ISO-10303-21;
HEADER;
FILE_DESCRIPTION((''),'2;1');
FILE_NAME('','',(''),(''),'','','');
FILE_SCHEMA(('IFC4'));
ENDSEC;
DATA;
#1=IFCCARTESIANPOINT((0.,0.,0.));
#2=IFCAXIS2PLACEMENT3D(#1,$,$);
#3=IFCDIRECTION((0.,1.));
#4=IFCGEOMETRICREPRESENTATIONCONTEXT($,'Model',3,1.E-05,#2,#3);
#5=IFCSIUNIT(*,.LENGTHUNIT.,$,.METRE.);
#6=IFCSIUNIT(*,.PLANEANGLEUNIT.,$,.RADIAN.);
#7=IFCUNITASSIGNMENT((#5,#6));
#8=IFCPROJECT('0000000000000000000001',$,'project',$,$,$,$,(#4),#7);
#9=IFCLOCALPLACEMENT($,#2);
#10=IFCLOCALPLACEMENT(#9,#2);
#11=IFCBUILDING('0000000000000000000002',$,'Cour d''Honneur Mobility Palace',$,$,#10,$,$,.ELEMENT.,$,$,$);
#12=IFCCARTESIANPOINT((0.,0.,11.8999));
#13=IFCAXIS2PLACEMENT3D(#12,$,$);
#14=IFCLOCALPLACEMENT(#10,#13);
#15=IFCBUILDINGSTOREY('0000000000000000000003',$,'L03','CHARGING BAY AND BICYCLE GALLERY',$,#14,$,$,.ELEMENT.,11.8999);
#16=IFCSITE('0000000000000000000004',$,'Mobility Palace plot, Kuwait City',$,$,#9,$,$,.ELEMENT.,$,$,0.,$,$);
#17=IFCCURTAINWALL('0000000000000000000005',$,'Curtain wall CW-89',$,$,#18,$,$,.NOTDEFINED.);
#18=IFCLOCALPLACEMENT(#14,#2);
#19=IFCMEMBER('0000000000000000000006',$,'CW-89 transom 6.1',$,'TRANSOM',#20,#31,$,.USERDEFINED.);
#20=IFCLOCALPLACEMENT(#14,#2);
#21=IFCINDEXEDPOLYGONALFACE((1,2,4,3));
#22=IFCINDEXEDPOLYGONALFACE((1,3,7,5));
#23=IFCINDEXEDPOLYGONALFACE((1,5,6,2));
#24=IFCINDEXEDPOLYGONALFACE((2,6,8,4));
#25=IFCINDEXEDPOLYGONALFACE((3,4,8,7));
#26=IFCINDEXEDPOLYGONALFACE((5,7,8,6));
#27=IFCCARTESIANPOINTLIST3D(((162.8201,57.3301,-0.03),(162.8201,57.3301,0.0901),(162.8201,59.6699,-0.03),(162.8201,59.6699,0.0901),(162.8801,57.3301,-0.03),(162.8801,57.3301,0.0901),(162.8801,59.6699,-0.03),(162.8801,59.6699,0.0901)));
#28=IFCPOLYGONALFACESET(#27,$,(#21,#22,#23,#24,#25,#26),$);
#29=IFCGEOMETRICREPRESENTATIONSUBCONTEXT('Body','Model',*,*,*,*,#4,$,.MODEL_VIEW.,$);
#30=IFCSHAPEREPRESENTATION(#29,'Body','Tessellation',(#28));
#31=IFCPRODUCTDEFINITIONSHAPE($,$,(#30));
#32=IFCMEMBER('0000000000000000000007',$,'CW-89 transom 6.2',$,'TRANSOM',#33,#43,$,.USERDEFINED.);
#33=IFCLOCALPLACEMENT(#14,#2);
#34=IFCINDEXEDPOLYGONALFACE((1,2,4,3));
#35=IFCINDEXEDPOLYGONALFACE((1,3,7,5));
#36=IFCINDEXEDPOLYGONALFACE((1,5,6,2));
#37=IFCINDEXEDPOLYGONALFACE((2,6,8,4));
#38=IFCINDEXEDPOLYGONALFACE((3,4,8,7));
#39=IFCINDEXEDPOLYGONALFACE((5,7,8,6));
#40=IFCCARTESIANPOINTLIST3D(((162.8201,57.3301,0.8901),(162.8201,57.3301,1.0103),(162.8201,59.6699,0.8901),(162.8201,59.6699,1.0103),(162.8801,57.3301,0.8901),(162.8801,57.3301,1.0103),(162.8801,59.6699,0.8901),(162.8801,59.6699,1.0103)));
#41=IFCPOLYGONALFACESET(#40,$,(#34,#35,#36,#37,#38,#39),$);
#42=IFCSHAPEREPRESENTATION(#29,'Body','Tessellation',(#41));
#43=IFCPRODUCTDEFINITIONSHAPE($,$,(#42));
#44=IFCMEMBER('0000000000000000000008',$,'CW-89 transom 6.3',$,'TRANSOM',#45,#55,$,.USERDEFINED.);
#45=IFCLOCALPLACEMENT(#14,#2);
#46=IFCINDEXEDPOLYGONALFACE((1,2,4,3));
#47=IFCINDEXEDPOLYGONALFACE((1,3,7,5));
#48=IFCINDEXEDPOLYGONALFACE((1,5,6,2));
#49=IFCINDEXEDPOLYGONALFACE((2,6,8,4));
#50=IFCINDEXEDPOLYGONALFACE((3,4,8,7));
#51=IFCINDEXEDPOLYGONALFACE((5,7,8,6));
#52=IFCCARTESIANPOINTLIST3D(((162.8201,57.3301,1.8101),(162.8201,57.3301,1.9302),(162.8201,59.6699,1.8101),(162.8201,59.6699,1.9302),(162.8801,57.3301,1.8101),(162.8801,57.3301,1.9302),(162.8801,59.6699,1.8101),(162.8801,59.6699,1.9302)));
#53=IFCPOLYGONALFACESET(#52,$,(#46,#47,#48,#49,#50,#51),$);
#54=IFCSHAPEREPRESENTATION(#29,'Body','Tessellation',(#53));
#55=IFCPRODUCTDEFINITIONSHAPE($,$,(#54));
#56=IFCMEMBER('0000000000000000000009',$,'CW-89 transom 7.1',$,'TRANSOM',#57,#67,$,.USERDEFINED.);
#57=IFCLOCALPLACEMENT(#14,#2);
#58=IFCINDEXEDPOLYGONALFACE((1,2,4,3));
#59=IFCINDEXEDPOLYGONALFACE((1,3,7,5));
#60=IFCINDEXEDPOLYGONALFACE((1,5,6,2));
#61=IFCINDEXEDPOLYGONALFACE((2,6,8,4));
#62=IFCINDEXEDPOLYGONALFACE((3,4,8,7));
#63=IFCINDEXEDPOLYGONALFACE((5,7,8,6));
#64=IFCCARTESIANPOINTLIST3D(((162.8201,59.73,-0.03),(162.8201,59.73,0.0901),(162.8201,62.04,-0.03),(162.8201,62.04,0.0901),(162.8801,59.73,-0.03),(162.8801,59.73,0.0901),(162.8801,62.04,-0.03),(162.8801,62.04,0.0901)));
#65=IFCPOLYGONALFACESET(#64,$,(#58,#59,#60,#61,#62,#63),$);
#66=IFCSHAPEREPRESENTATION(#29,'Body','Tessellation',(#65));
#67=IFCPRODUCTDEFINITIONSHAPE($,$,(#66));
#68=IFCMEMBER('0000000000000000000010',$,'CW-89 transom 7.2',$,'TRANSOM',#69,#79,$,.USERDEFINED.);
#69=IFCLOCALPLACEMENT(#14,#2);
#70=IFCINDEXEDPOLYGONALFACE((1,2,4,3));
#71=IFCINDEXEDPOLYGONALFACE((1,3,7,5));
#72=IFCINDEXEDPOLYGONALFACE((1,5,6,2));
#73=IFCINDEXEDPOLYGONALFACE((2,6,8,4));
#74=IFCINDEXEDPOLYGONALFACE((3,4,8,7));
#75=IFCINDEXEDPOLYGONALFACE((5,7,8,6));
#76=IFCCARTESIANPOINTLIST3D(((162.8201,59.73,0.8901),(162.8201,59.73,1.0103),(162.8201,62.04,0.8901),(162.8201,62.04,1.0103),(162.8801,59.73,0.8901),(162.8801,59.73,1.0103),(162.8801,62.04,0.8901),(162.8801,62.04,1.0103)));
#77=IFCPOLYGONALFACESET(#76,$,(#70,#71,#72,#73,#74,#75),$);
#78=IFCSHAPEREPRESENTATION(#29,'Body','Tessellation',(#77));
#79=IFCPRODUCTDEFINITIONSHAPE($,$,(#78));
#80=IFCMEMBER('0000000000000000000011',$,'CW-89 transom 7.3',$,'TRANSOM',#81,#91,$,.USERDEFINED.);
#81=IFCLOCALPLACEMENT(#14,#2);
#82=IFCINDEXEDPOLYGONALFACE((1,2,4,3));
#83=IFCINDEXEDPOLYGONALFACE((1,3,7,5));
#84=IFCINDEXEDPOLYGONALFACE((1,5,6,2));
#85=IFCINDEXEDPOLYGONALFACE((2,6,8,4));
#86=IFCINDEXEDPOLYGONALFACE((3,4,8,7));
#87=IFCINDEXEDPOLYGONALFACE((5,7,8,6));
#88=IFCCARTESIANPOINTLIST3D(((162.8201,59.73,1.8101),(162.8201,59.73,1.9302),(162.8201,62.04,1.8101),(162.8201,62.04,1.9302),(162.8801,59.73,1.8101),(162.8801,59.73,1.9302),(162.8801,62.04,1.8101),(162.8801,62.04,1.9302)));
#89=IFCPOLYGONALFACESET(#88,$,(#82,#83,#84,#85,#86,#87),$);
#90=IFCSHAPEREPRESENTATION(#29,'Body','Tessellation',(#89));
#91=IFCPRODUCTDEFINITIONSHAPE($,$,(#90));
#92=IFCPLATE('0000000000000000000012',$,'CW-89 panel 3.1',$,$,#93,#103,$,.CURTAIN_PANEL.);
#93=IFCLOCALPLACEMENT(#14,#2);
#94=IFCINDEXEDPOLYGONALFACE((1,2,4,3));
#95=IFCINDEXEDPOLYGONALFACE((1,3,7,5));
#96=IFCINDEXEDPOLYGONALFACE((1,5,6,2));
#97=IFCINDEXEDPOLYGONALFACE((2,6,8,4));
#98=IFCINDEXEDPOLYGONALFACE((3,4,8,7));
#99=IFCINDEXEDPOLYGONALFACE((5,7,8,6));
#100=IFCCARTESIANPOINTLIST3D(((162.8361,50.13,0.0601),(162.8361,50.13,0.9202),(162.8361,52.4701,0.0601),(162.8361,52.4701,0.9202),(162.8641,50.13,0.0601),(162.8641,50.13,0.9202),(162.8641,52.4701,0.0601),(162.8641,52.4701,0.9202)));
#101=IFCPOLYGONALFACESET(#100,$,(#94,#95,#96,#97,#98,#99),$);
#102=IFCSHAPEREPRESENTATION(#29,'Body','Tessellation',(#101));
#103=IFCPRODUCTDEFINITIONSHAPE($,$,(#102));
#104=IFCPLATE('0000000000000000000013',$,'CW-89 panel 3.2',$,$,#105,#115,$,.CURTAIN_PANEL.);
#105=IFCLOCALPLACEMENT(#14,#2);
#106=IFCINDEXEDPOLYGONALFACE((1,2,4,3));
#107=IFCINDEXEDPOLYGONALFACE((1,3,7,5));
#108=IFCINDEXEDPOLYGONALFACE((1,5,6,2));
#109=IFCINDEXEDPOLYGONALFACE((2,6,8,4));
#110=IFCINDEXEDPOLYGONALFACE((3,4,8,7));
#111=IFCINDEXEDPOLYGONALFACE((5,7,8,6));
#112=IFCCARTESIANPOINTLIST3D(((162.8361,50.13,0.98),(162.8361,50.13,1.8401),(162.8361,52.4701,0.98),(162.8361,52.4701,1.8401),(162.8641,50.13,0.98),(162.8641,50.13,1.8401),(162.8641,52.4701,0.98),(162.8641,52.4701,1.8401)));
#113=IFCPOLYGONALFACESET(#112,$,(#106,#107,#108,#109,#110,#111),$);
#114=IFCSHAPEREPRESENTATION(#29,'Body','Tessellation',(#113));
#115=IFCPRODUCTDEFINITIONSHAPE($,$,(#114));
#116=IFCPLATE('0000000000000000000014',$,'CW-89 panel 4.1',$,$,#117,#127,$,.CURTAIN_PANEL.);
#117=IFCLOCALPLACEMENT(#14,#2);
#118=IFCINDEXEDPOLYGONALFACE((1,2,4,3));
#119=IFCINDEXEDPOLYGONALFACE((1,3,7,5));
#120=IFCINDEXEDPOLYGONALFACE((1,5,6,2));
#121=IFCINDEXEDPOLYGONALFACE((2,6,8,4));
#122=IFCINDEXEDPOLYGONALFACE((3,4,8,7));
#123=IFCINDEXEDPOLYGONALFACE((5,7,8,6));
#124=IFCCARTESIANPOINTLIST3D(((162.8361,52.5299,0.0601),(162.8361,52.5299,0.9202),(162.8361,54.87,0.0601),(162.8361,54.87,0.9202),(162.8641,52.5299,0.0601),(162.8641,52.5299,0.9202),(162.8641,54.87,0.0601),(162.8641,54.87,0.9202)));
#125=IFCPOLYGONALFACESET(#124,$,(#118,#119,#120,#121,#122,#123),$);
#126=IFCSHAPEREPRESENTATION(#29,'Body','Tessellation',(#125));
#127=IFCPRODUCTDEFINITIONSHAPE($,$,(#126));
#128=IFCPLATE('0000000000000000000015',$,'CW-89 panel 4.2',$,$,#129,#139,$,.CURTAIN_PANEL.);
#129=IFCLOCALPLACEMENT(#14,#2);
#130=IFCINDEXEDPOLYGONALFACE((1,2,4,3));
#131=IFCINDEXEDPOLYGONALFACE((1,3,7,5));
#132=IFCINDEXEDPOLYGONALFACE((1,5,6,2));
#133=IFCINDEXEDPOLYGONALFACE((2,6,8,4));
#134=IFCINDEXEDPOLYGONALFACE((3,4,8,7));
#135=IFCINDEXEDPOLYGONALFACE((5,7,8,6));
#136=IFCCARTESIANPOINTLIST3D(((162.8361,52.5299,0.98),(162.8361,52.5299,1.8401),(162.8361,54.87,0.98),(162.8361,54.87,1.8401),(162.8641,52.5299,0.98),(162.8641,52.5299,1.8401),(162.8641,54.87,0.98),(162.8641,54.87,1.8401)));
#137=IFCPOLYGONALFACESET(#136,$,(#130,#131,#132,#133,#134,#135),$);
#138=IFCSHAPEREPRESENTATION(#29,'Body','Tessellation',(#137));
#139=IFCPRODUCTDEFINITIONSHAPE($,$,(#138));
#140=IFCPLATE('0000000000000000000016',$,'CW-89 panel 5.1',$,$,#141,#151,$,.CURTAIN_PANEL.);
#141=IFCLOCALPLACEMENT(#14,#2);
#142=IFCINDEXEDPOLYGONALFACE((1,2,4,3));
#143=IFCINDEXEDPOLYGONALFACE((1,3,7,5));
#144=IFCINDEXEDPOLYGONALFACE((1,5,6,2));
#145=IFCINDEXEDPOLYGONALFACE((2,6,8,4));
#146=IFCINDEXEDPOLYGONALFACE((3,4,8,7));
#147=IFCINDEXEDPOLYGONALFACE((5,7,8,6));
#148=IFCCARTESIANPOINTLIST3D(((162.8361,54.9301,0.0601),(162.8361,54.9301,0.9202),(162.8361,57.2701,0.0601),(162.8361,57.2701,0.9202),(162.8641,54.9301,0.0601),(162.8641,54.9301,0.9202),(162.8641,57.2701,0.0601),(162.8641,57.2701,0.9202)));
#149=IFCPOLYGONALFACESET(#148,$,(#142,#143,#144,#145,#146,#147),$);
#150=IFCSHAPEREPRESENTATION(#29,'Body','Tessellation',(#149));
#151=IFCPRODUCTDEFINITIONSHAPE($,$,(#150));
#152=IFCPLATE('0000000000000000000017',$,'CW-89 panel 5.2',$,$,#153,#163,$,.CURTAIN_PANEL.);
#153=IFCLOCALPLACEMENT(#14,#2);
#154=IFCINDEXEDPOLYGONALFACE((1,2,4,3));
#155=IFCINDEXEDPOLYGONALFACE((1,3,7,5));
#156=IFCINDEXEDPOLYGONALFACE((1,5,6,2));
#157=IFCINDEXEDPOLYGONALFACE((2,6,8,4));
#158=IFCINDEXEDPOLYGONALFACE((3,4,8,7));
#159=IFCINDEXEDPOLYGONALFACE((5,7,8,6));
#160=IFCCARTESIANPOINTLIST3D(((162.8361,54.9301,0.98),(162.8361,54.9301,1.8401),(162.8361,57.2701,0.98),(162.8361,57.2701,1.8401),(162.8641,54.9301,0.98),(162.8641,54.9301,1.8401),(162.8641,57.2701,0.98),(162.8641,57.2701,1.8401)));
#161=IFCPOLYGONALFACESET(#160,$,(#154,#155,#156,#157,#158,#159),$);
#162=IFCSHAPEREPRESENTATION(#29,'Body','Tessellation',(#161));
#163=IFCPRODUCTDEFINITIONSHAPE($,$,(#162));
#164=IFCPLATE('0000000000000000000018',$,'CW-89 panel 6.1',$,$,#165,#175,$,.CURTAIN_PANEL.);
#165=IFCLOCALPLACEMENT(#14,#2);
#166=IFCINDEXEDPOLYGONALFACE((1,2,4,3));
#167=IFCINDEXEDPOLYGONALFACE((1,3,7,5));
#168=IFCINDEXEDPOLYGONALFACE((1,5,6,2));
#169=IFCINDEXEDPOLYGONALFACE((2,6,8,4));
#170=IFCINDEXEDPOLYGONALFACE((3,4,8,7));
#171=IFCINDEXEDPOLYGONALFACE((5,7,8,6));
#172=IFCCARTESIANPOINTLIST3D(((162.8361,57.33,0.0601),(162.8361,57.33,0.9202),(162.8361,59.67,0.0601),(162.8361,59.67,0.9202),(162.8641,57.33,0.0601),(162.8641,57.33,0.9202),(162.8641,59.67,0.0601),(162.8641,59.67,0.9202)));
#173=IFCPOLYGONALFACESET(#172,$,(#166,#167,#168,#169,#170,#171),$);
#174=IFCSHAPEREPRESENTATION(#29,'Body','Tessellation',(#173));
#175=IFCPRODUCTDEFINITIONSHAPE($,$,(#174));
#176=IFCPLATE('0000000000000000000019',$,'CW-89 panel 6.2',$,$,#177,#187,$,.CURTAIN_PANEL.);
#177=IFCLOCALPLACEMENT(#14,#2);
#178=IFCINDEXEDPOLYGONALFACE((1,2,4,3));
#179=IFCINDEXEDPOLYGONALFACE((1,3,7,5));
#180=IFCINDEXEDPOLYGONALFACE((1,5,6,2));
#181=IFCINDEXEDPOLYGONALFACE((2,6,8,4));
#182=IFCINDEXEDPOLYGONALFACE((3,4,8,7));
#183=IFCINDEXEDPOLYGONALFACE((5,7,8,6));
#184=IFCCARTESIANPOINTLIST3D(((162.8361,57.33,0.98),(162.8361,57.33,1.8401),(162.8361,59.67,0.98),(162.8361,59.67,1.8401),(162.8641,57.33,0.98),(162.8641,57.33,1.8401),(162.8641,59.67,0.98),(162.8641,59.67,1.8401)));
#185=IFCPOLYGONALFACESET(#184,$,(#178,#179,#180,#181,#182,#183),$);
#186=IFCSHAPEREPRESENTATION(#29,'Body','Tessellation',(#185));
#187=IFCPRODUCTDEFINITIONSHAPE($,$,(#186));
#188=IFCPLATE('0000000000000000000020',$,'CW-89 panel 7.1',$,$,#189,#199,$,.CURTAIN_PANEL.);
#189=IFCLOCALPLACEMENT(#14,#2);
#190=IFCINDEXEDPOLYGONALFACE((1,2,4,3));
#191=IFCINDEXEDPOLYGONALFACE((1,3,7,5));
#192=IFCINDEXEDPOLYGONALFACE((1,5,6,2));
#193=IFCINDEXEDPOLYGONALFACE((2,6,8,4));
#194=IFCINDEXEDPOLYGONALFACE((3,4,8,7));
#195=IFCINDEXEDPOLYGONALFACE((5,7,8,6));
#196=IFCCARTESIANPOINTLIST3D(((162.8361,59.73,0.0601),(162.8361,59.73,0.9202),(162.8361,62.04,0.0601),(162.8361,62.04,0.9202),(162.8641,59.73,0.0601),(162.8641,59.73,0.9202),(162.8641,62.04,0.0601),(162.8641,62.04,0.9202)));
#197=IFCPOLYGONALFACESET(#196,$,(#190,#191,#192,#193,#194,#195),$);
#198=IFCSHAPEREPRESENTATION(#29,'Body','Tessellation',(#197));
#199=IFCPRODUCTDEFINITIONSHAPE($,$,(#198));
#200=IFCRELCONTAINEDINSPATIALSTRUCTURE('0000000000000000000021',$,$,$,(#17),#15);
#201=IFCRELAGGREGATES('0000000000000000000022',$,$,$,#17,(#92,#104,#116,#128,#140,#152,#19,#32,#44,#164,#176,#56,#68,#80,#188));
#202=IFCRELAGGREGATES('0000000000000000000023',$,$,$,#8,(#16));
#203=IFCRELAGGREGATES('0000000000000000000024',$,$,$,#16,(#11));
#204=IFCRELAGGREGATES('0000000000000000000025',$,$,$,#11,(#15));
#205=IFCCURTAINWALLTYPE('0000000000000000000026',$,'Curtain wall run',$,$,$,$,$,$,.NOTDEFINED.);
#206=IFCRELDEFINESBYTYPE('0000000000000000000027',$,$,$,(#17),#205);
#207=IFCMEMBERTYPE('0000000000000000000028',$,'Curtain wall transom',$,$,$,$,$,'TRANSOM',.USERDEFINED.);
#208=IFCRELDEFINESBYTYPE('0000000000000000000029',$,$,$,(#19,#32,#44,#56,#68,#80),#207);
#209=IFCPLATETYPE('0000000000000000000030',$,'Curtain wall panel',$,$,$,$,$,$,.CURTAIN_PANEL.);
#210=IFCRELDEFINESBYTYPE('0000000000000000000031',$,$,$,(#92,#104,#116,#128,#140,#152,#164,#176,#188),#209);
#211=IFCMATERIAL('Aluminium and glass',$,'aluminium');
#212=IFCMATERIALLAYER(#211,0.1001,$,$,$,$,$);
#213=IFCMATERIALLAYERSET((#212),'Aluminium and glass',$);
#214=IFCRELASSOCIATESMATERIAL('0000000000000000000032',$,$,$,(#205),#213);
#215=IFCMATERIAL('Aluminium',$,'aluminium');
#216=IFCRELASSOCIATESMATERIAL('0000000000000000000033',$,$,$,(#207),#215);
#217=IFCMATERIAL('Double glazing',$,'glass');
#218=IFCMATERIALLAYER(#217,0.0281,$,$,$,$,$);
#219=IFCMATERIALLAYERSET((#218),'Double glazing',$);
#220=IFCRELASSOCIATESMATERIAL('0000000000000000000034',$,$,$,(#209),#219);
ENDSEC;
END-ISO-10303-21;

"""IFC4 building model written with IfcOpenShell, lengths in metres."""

from ifc_helpers import new_model, si_unit, direction, frame, origin, origin_2d, place, context, subcontext, project, spatial, rectangle, extrude, material, layer, layer_set, material_profile, profile_set, type_object, element, aggregate, save


model = new_model("IFC4")

# Units and contexts
model_context = context("Model", 3, precision=1e-05, world=origin(), true_north=direction((0.0, 1.0)))
body_context = subcontext(model_context, "Body", "Model", "MODEL_VIEW")
ifc_project = project(units=[si_unit("LENGTHUNIT", "METRE"), si_unit("PLANEANGLEUNIT", "RADIAN")], contexts=[model_context])

# Site, building, storey
site_placement = place(None, origin())
site = spatial("IfcSite", under=ifc_project, at=site_placement, Name="Mobility Palace plot, Kuwait City", CompositionType="ELEMENT", RefElevation=0.0)
building_placement = place(site_placement, origin())
building = spatial("IfcBuilding", under=site, at=building_placement, Name="Cour d'Honneur Mobility Palace", CompositionType="ELEMENT")
storey_placement = place(building_placement, frame((0.0, 0.0, 11.8999)))
storey = spatial("IfcBuildingStorey", under=building, at=storey_placement, Name="L03", Description="CHARGING BAY AND BICYCLE GALLERY", CompositionType="ELEMENT", Elevation=11.8999)

# Curtain wall, members, plates
ifc_material_1 = material(Name="Aluminium and glass", Category="aluminium")
ifc_layer_1 = layer(ifc_material_1, 0.1001)
ifc_layer_set_1 = layer_set([ifc_layer_1], Name="Aluminium and glass")
curtain_wall_type = type_object("IfcCurtainWallType", Name="Curtain wall run", PredefinedType="NOTDEFINED", material=ifc_layer_set_1)
curtain_wall_placement = place(storey_placement, origin())
curtain_wall = element("IfcCurtainWall", 1, at=curtain_wall_placement, inside=storey, type_object=curtain_wall_type, Name="Curtain wall CW-89", PredefinedType="NOTDEFINED")
ifc_material_2 = material(Name="Aluminium", Category="aluminium")
ifc_material_profile_1 = material_profile(ifc_material_2, rectangle(XDim=0.0601, YDim=0.1201, at=origin_2d()), Name="Curtain wall transom")
ifc_profile_set_1 = profile_set([ifc_material_profile_1], Name="Aluminium")
member_type_1 = type_object("IfcMemberType", Name="Curtain wall transom", ElementType="TRANSOM", PredefinedType="USERDEFINED", material=ifc_profile_set_1)
member_1_placement = place(storey_placement, frame((162.8501, 57.3301, 0.03), z_axis=(0.0, 1.0, 0.0), x_axis=(-1.0, 0.0, 0.0)))
member_1 = element("IfcMember", 2, at=member_1_placement, type_object=member_type_1, Name="CW-89 transom 6.1", ObjectType="TRANSOM", PredefinedType="USERDEFINED", context=body_context, shape_type="SweptSolid", body=[
    extrude(rectangle(XDim=0.0601, YDim=0.1201, at=origin_2d()), origin(), (0.0, 0.0, 1.0), 2.3398),
])
member_2_placement = place(storey_placement, frame((162.8501, 57.3301, 0.9502), z_axis=(0.0, 1.0, 0.0), x_axis=(-1.0, 0.0, 0.0)))
member_2 = element("IfcMember", 3, at=member_2_placement, type_object=member_type_1, Name="CW-89 transom 6.2", ObjectType="TRANSOM", PredefinedType="USERDEFINED", context=body_context, shape_type="SweptSolid", body=[
    extrude(rectangle(XDim=0.0601, YDim=0.1201, at=origin_2d()), origin(), (0.0, 0.0, 1.0), 2.3398),
])
member_3_placement = place(storey_placement, frame((162.8501, 57.3301, 1.8701), z_axis=(0.0, 1.0, 0.0), x_axis=(-1.0, 0.0, 0.0)))
member_3 = element("IfcMember", 4, at=member_3_placement, type_object=member_type_1, Name="CW-89 transom 6.3", ObjectType="TRANSOM", PredefinedType="USERDEFINED", context=body_context, shape_type="SweptSolid", body=[
    extrude(rectangle(XDim=0.0601, YDim=0.1201, at=origin_2d()), origin(), (0.0, 0.0, 1.0), 2.3398),
])
member_4_placement = place(storey_placement, frame((162.8501, 59.73, 0.03), z_axis=(0.0, 1.0, 0.0), x_axis=(-1.0, 0.0, 0.0)))
member_4 = element("IfcMember", 5, at=member_4_placement, type_object=member_type_1, Name="CW-89 transom 7.1", ObjectType="TRANSOM", PredefinedType="USERDEFINED", context=body_context, shape_type="SweptSolid", body=[
    extrude(rectangle(XDim=0.0601, YDim=0.1201, at=origin_2d()), origin(), (0.0, 0.0, 1.0), 2.3101),
])
member_5_placement = place(storey_placement, frame((162.8501, 59.73, 0.9502), z_axis=(0.0, 1.0, 0.0), x_axis=(-1.0, 0.0, 0.0)))
member_5 = element("IfcMember", 6, at=member_5_placement, type_object=member_type_1, Name="CW-89 transom 7.2", ObjectType="TRANSOM", PredefinedType="USERDEFINED", context=body_context, shape_type="SweptSolid", body=[
    extrude(rectangle(XDim=0.0601, YDim=0.1201, at=origin_2d()), origin(), (0.0, 0.0, 1.0), 2.3101),
])
member_6_placement = place(storey_placement, frame((162.8501, 59.73, 1.8701), z_axis=(0.0, 1.0, 0.0), x_axis=(-1.0, 0.0, 0.0)))
member_6 = element("IfcMember", 7, at=member_6_placement, type_object=member_type_1, Name="CW-89 transom 7.3", ObjectType="TRANSOM", PredefinedType="USERDEFINED", context=body_context, shape_type="SweptSolid", body=[
    extrude(rectangle(XDim=0.0601, YDim=0.1201, at=origin_2d()), origin(), (0.0, 0.0, 1.0), 2.3101),
])
ifc_material_3 = material(Name="Double glazing", Category="glass")
ifc_layer_2 = layer(ifc_material_3, 0.0281)
ifc_layer_set_2 = layer_set([ifc_layer_2], Name="Double glazing")
plate_type = type_object("IfcPlateType", Name="Curtain wall panel", PredefinedType="CURTAIN_PANEL", material=ifc_layer_set_2)
plate_1_placement = place(storey_placement, frame((162.8501, 51.3, 0.0601), z_axis=(0.0, 0.0, 1.0), x_axis=(0.0, 1.0, 0.0)))
plate_1 = element("IfcPlate", 8, at=plate_1_placement, type_object=plate_type, Name="CW-89 panel 3.1", PredefinedType="CURTAIN_PANEL", context=body_context, shape_type="SweptSolid", body=[
    extrude(rectangle(XDim=2.3401, YDim=0.0281, at=origin_2d()), origin(), (0.0, 0.0, 1.0), 0.8601),
])
plate_2_placement = place(storey_placement, frame((162.8501, 51.3, 0.98), z_axis=(0.0, 0.0, 1.0), x_axis=(0.0, 1.0, 0.0)))
plate_2 = element("IfcPlate", 9, at=plate_2_placement, type_object=plate_type, Name="CW-89 panel 3.2", PredefinedType="CURTAIN_PANEL", context=body_context, shape_type="SweptSolid", body=[
    extrude(rectangle(XDim=2.3401, YDim=0.0281, at=origin_2d()), origin(), (0.0, 0.0, 1.0), 0.8601),
])
plate_3_placement = place(storey_placement, frame((162.8501, 53.7, 0.0601), z_axis=(0.0, 0.0, 1.0), x_axis=(0.0, 1.0, 0.0)))
plate_3 = element("IfcPlate", 10, at=plate_3_placement, type_object=plate_type, Name="CW-89 panel 4.1", PredefinedType="CURTAIN_PANEL", context=body_context, shape_type="SweptSolid", body=[
    extrude(rectangle(XDim=2.3401, YDim=0.0281, at=origin_2d()), origin(), (0.0, 0.0, 1.0), 0.8601),
])
plate_4_placement = place(storey_placement, frame((162.8501, 53.7, 0.98), z_axis=(0.0, 0.0, 1.0), x_axis=(0.0, 1.0, 0.0)))
plate_4 = element("IfcPlate", 11, at=plate_4_placement, type_object=plate_type, Name="CW-89 panel 4.2", PredefinedType="CURTAIN_PANEL", context=body_context, shape_type="SweptSolid", body=[
    extrude(rectangle(XDim=2.3401, YDim=0.0281, at=origin_2d()), origin(), (0.0, 0.0, 1.0), 0.8601),
])
plate_5_placement = place(storey_placement, frame((162.8501, 56.1001, 0.0601), z_axis=(0.0, 0.0, 1.0), x_axis=(0.0, 1.0, 0.0)))
plate_5 = element("IfcPlate", 12, at=plate_5_placement, type_object=plate_type, Name="CW-89 panel 5.1", PredefinedType="CURTAIN_PANEL", context=body_context, shape_type="SweptSolid", body=[
    extrude(rectangle(XDim=2.3401, YDim=0.0281, at=origin_2d()), origin(), (0.0, 0.0, 1.0), 0.8601),
])
plate_6_placement = place(storey_placement, frame((162.8501, 56.1001, 0.98), z_axis=(0.0, 0.0, 1.0), x_axis=(0.0, 1.0, 0.0)))
plate_6 = element("IfcPlate", 13, at=plate_6_placement, type_object=plate_type, Name="CW-89 panel 5.2", PredefinedType="CURTAIN_PANEL", context=body_context, shape_type="SweptSolid", body=[
    extrude(rectangle(XDim=2.3401, YDim=0.0281, at=origin_2d()), origin(), (0.0, 0.0, 1.0), 0.8601),
])
plate_7_placement = place(storey_placement, frame((162.8501, 58.5, 0.0601), z_axis=(0.0, 0.0, 1.0), x_axis=(0.0, 1.0, 0.0)))
plate_7 = element("IfcPlate", 14, at=plate_7_placement, type_object=plate_type, Name="CW-89 panel 6.1", PredefinedType="CURTAIN_PANEL", context=body_context, shape_type="SweptSolid", body=[
    extrude(rectangle(XDim=2.3401, YDim=0.0281, at=origin_2d()), origin(), (0.0, 0.0, 1.0), 0.8601),
])
plate_8_placement = place(storey_placement, frame((162.8501, 58.5, 0.98), z_axis=(0.0, 0.0, 1.0), x_axis=(0.0, 1.0, 0.0)))
plate_8 = element("IfcPlate", 15, at=plate_8_placement, type_object=plate_type, Name="CW-89 panel 6.2", PredefinedType="CURTAIN_PANEL", context=body_context, shape_type="SweptSolid", body=[
    extrude(rectangle(XDim=2.3401, YDim=0.0281, at=origin_2d()), origin(), (0.0, 0.0, 1.0), 0.8601),
])
plate_9_placement = place(storey_placement, frame((162.8501, 60.885, 0.0601), z_axis=(0.0, 0.0, 1.0), x_axis=(0.0, 1.0, 0.0)))
plate_9 = element("IfcPlate", 16, at=plate_9_placement, type_object=plate_type, Name="CW-89 panel 7.1", PredefinedType="CURTAIN_PANEL", context=body_context, shape_type="SweptSolid", body=[
    extrude(rectangle(XDim=2.3101, YDim=0.0281, at=origin_2d()), origin(), (0.0, 0.0, 1.0), 0.8601),
])
aggregate(curtain_wall, [plate_1, plate_2, plate_3, plate_4, plate_5, plate_6, member_1, member_2, member_3, plate_7, plate_8, member_4, member_5, member_6, plate_9])

save(model, "model.ifc")
